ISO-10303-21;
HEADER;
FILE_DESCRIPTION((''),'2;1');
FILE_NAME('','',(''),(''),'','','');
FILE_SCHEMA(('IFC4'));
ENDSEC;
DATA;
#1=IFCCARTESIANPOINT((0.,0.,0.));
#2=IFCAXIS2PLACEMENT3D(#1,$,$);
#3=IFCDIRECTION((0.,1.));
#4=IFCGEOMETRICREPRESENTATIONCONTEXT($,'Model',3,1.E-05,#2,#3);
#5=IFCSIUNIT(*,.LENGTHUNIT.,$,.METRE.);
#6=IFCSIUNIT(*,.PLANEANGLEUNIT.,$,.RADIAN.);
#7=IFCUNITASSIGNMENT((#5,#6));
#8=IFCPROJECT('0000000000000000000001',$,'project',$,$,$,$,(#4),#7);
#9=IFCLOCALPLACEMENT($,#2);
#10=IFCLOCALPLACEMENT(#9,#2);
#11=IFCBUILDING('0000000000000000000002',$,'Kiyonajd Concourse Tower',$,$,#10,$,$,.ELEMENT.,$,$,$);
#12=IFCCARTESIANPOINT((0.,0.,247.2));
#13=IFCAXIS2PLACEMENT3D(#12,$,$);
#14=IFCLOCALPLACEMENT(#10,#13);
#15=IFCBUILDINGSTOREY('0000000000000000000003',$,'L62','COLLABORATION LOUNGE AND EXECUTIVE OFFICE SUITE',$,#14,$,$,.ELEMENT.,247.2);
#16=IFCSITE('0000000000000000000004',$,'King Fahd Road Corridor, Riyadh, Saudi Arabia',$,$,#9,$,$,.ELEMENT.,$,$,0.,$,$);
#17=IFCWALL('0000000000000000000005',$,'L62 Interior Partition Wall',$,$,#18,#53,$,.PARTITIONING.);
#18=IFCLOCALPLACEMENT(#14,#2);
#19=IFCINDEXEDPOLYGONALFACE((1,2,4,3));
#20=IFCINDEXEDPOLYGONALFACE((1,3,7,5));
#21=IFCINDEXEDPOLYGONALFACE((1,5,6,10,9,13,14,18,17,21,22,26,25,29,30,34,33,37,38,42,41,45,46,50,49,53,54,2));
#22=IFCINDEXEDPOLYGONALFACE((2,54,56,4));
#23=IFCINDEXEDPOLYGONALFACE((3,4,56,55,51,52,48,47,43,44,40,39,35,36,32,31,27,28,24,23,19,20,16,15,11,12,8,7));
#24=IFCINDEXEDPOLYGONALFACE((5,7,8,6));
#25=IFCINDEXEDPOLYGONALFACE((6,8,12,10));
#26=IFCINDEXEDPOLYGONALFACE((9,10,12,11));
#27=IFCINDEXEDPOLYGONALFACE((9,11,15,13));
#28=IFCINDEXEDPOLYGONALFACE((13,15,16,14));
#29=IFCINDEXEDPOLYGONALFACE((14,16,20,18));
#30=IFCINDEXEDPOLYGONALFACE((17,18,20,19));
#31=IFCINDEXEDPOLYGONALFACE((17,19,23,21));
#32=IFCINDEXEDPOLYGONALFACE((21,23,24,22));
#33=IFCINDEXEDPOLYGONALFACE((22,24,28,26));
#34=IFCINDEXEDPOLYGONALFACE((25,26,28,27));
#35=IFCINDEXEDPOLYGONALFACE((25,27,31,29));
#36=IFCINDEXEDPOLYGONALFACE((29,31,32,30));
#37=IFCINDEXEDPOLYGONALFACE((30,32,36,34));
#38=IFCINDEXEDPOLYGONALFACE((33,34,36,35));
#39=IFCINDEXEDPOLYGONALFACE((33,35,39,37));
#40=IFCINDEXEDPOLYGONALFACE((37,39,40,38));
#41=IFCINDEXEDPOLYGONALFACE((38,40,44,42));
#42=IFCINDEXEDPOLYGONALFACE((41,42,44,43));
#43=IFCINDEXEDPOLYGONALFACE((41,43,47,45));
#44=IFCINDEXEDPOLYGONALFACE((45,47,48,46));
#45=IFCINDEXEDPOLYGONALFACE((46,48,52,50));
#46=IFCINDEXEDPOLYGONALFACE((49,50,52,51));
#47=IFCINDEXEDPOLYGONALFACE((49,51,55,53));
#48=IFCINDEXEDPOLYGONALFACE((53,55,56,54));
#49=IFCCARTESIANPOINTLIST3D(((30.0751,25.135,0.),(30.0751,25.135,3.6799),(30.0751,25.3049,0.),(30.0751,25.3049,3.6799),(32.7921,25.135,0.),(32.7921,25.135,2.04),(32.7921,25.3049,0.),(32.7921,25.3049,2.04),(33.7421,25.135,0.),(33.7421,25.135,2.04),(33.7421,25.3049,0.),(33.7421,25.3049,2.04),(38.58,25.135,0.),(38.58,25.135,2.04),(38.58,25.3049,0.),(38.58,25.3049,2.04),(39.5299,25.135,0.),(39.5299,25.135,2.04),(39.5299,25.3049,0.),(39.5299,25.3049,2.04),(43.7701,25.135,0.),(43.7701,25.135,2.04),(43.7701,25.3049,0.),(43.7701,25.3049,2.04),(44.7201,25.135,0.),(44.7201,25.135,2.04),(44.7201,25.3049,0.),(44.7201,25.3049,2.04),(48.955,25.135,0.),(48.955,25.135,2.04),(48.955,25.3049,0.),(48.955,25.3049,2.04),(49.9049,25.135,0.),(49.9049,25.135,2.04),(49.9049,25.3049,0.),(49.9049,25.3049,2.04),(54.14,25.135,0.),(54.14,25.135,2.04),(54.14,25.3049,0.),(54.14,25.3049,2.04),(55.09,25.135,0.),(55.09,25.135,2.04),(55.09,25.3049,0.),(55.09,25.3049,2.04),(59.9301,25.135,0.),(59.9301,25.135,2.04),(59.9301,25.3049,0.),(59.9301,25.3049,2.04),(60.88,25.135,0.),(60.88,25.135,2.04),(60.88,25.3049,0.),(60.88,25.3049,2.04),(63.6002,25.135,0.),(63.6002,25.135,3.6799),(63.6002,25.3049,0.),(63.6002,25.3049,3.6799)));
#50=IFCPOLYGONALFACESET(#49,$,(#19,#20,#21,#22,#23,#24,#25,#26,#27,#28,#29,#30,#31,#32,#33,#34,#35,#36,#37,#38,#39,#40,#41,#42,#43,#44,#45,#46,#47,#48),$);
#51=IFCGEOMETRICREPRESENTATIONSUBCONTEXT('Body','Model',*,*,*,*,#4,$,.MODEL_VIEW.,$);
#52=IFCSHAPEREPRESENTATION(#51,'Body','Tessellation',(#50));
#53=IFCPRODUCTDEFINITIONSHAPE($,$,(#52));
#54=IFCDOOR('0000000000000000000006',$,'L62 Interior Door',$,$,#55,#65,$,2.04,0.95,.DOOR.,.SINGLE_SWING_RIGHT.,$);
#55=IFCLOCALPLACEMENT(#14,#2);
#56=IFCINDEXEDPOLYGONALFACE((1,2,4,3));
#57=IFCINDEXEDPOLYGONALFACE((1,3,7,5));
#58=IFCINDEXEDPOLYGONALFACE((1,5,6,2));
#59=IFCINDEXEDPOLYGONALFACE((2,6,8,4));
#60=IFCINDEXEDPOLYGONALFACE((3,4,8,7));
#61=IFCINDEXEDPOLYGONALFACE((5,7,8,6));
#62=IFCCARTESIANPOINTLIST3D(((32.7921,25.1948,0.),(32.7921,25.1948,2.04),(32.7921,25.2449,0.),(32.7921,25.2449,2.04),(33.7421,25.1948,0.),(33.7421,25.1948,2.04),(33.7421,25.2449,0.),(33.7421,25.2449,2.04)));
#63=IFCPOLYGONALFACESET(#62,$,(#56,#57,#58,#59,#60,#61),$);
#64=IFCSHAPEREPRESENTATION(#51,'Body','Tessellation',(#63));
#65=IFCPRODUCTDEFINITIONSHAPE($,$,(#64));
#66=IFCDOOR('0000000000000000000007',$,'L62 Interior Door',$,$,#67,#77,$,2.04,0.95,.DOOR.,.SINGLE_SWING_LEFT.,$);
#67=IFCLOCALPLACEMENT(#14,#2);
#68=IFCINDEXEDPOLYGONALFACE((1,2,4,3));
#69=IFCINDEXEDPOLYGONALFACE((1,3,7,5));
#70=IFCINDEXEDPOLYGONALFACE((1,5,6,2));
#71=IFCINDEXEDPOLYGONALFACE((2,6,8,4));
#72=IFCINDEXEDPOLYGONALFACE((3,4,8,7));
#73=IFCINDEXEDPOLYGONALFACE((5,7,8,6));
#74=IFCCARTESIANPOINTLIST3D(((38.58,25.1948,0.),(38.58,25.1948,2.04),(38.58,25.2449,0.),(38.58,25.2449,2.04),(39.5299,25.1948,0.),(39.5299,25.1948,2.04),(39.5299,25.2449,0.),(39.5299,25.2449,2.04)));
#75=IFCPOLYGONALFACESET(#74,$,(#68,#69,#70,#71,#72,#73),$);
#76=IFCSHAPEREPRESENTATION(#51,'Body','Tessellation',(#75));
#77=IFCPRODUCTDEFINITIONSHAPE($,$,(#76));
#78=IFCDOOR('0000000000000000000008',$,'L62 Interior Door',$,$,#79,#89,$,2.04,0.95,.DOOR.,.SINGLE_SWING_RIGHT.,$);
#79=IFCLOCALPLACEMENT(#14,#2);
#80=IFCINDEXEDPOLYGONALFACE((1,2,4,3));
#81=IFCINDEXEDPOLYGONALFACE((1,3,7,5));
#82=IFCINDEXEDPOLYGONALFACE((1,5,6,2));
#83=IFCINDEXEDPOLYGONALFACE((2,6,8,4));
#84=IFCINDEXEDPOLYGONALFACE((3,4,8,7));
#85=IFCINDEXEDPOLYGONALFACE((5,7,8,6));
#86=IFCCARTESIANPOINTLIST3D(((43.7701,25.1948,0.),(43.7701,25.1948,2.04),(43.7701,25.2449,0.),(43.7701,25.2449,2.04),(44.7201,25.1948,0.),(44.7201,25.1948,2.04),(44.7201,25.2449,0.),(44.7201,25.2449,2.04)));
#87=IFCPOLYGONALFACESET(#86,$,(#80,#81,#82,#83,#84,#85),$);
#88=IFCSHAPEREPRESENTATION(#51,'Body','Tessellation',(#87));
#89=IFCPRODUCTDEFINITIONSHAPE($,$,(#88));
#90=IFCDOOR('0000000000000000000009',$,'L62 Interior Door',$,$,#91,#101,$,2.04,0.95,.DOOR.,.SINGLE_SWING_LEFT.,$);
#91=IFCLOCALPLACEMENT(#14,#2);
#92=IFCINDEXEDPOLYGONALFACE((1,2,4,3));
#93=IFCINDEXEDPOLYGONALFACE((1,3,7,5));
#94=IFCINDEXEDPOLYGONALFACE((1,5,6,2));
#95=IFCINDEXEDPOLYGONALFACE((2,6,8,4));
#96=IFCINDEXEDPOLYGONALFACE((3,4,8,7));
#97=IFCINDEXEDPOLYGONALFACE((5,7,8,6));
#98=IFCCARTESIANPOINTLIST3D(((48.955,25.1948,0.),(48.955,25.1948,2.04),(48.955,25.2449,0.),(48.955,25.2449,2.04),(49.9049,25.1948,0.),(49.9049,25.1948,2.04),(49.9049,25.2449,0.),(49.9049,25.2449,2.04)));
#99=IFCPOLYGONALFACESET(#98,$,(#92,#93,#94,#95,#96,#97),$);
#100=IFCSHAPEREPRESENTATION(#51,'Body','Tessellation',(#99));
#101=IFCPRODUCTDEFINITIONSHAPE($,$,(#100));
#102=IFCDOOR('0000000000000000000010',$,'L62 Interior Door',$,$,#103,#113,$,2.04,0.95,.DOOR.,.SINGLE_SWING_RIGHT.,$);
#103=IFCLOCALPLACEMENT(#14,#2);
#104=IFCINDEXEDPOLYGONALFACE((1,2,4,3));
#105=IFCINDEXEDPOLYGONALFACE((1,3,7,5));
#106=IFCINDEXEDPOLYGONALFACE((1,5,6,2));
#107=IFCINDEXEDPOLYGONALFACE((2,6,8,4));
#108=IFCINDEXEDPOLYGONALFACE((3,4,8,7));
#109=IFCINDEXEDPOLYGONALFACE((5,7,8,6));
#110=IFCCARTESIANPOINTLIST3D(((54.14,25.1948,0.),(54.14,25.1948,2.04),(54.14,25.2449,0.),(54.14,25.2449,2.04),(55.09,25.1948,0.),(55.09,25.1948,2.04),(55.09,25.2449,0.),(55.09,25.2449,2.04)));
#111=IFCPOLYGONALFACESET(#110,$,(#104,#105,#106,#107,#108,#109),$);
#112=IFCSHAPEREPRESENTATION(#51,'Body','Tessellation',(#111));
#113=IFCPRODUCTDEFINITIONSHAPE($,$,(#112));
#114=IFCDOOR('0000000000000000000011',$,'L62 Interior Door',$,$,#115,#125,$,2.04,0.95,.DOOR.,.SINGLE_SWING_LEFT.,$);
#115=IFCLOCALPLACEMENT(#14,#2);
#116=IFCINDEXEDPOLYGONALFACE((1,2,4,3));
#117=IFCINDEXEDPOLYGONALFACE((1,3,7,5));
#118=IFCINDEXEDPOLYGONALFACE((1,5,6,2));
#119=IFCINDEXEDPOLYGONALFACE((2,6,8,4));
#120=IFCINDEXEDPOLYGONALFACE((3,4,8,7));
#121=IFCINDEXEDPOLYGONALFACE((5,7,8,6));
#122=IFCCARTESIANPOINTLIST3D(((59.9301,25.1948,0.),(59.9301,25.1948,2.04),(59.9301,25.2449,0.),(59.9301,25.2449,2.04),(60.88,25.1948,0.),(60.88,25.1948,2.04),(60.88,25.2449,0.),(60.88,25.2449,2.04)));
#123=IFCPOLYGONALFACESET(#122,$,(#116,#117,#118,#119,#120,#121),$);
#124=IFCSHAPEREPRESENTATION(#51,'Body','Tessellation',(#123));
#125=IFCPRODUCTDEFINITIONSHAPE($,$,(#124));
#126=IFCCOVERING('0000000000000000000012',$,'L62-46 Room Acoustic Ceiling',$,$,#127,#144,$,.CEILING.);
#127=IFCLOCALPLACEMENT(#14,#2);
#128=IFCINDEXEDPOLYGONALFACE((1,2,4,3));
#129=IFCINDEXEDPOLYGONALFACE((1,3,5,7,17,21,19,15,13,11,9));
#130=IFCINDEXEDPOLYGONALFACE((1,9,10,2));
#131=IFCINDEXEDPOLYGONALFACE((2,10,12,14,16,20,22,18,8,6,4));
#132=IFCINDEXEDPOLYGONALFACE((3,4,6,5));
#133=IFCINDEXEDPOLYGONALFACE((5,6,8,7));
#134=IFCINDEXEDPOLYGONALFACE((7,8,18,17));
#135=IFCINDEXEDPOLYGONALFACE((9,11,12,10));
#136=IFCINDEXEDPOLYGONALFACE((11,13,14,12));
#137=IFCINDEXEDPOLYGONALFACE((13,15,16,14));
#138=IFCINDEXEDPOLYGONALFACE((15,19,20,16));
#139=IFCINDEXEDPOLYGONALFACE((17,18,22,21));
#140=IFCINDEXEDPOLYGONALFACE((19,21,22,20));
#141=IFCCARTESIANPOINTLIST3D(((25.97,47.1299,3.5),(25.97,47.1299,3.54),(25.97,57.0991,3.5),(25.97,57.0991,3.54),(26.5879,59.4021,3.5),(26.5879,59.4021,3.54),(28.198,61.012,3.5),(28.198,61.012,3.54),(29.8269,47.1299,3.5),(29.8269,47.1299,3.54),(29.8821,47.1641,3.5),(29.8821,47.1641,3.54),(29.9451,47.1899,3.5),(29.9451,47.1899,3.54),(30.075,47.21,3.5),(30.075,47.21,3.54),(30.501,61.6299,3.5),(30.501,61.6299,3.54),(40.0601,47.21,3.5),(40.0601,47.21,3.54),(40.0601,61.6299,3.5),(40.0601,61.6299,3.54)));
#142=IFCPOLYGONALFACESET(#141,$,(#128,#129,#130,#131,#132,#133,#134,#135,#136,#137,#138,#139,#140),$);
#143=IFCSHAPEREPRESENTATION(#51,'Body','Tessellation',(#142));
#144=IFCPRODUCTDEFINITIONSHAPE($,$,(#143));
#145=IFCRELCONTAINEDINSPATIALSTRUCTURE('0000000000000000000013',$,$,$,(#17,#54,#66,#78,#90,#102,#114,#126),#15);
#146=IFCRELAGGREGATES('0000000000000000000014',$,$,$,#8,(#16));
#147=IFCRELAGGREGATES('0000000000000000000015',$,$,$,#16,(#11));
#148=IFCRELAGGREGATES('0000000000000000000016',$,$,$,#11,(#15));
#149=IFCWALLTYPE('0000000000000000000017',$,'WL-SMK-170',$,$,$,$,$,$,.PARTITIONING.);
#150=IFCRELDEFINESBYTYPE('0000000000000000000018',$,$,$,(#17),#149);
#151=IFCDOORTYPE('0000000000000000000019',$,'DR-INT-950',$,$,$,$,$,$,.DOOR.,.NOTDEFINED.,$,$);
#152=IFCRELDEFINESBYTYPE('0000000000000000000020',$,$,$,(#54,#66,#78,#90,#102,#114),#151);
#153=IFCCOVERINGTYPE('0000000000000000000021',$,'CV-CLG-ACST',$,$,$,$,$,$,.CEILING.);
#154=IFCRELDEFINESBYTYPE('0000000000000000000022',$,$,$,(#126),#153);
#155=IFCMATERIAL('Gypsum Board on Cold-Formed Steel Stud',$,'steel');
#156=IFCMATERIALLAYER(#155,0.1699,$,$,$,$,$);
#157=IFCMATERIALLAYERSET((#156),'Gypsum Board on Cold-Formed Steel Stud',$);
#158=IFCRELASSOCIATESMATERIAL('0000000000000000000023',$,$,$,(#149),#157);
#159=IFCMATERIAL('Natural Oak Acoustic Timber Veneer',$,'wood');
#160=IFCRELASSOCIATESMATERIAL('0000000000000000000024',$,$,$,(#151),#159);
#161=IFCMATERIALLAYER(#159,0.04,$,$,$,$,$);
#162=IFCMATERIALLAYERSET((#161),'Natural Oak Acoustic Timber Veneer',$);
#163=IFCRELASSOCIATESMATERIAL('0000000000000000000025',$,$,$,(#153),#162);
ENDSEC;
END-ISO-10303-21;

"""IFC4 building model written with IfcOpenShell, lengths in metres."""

from ifc_helpers import new_model, si_unit, direction, frame, frame_2d, origin, place, context, subcontext, project, spatial, polyline, rectangle, outline, extrude, material, layer, layer_set, type_object, element, fill, save


model = new_model("IFC4")

# Units and contexts
model_context = context("Model", 3, precision=1e-05, world=origin(), true_north=direction((0.0, 1.0)))
body_context = subcontext(model_context, "Body", "Model", "MODEL_VIEW")
ifc_project = project(units=[si_unit("LENGTHUNIT", "METRE"), si_unit("PLANEANGLEUNIT", "RADIAN")], contexts=[model_context])

# Site, building, storey
site_placement = place(None, origin())
site = spatial("IfcSite", under=ifc_project, at=site_placement, Name="King Fahd Road Corridor, Riyadh, Saudi Arabia", CompositionType="ELEMENT", RefElevation=0.0)
building_placement = place(site_placement, origin())
building = spatial("IfcBuilding", under=site, at=building_placement, Name="Kiyonajd Concourse Tower", CompositionType="ELEMENT")
storey_placement = place(building_placement, frame((0.0, 0.0, 247.2)))
storey = spatial("IfcBuildingStorey", under=building, at=storey_placement, Name="L62", Description="COLLABORATION LOUNGE AND EXECUTIVE OFFICE SUITE", CompositionType="ELEMENT", Elevation=247.2)

# Wall, openings, doors
ifc_material_1 = material(Name="Gypsum Board on Cold-Formed Steel Stud", Category="steel")
ifc_layer_1 = layer(ifc_material_1, 0.1699)
ifc_layer_set_1 = layer_set([ifc_layer_1], Name="Gypsum Board on Cold-Formed Steel Stud")
wall_type_1 = type_object("IfcWallType", Name="WL-SMK-170", PredefinedType="PARTITIONING", material=ifc_layer_set_1)
wall_1_placement = place(storey_placement, frame((30.075, 25.22, 0.0), z_axis=(0.0, 0.0, 1.0), x_axis=(1.0, 0.0, 0.0)))
wall_1 = element("IfcWall", 1, at=wall_1_placement, inside=storey, type_object=wall_type_1, Name="L62 Interior Partition Wall", PredefinedType="PARTITIONING", context=body_context, shape_type="SweptSolid", body=[
    extrude(rectangle(XDim=33.5251, YDim=0.1699, at=frame_2d((16.7627, 0.0))), origin(), (0.0, 0.0, 1.0), 3.6799),
])
opening_1_placement = place(wall_1_placement, frame((2.717, 0.0, 0.0)))
opening_1 = element("IfcOpeningElement", 2, at=opening_1_placement, cuts=wall_1, PredefinedType="OPENING", context=body_context, shape_type="SweptSolid", body=[
    extrude(rectangle(XDim=0.95, YDim=2.04, at=frame_2d((0.4751, 1.02))), frame((0.0, 0.095, 0.0), z_axis=(0.0, -1.0, 0.0), x_axis=(1.0, 0.0, 0.0)), (0.0, 0.0, 1.0), 0.1899),
])
opening_2_placement = place(wall_1_placement, frame((8.5049, 0.0, 0.0)))
opening_2 = element("IfcOpeningElement", 3, at=opening_2_placement, cuts=wall_1, PredefinedType="OPENING", context=body_context, shape_type="SweptSolid", body=[
    extrude(rectangle(XDim=0.95, YDim=2.04, at=frame_2d((0.4751, 1.02))), frame((0.0, 0.095, 0.0), z_axis=(0.0, -1.0, 0.0), x_axis=(1.0, 0.0, 0.0)), (0.0, 0.0, 1.0), 0.1899),
])
opening_3_placement = place(wall_1_placement, frame((13.6951, 0.0, 0.0)))
opening_3 = element("IfcOpeningElement", 4, at=opening_3_placement, cuts=wall_1, PredefinedType="OPENING", context=body_context, shape_type="SweptSolid", body=[
    extrude(rectangle(XDim=0.95, YDim=2.04, at=frame_2d((0.4751, 1.02))), frame((0.0, 0.095, 0.0), z_axis=(0.0, -1.0, 0.0), x_axis=(1.0, 0.0, 0.0)), (0.0, 0.0, 1.0), 0.1899),
])
opening_4_placement = place(wall_1_placement, frame((18.8799, 0.0, 0.0)))
opening_4 = element("IfcOpeningElement", 5, at=opening_4_placement, cuts=wall_1, PredefinedType="OPENING", context=body_context, shape_type="SweptSolid", body=[
    extrude(rectangle(XDim=0.95, YDim=2.04, at=frame_2d((0.4751, 1.02))), frame((0.0, 0.095, 0.0), z_axis=(0.0, -1.0, 0.0), x_axis=(1.0, 0.0, 0.0)), (0.0, 0.0, 1.0), 0.1899),
])
opening_5_placement = place(wall_1_placement, frame((24.0649, 0.0, 0.0)))
opening_5 = element("IfcOpeningElement", 6, at=opening_5_placement, cuts=wall_1, PredefinedType="OPENING", context=body_context, shape_type="SweptSolid", body=[
    extrude(rectangle(XDim=0.95, YDim=2.04, at=frame_2d((0.4751, 1.02))), frame((0.0, 0.095, 0.0), z_axis=(0.0, -1.0, 0.0), x_axis=(1.0, 0.0, 0.0)), (0.0, 0.0, 1.0), 0.1899),
])
opening_6_placement = place(wall_1_placement, frame((29.855, 0.0, 0.0)))
opening_6 = element("IfcOpeningElement", 7, at=opening_6_placement, cuts=wall_1, PredefinedType="OPENING", context=body_context, shape_type="SweptSolid", body=[
    extrude(rectangle(XDim=0.95, YDim=2.04, at=frame_2d((0.4751, 1.02))), frame((0.0, 0.095, 0.0), z_axis=(0.0, -1.0, 0.0), x_axis=(1.0, 0.0, 0.0)), (0.0, 0.0, 1.0), 0.1899),
])
ifc_material_2 = material(Name="Natural Oak Acoustic Timber Veneer", Category="wood")
door_type = type_object("IfcDoorType", Name="DR-INT-950", OperationType="NOTDEFINED", PredefinedType="DOOR", material=ifc_material_2)
door_1_placement = place(opening_1_placement, origin())
door_1 = element("IfcDoor", 8, at=door_1_placement, inside=storey, type_object=door_type, Name="L62 Interior Door", OperationType="SINGLE_SWING_RIGHT", OverallHeight=2.04, OverallWidth=0.95, PredefinedType="DOOR", context=body_context, shape_type="SweptSolid", body=[
    extrude(rectangle(XDim=0.95, YDim=2.04, at=frame_2d((0.4751, 1.02))), frame((0.0, 0.0249, 0.0), z_axis=(0.0, -1.0, 0.0), x_axis=(1.0, 0.0, 0.0)), (0.0, 0.0, 1.0), 0.05),
])
fill(opening_1, door_1)
door_2_placement = place(opening_2_placement, origin())
door_2 = element("IfcDoor", 9, at=door_2_placement, inside=storey, type_object=door_type, Name="L62 Interior Door", OperationType="SINGLE_SWING_LEFT", OverallHeight=2.04, OverallWidth=0.95, PredefinedType="DOOR", context=body_context, shape_type="SweptSolid", body=[
    extrude(rectangle(XDim=0.95, YDim=2.04, at=frame_2d((0.4751, 1.02))), frame((0.0, 0.0249, 0.0), z_axis=(0.0, -1.0, 0.0), x_axis=(1.0, 0.0, 0.0)), (0.0, 0.0, 1.0), 0.05),
])
fill(opening_2, door_2)
door_3_placement = place(opening_3_placement, origin())
door_3 = element("IfcDoor", 10, at=door_3_placement, inside=storey, type_object=door_type, Name="L62 Interior Door", OperationType="SINGLE_SWING_RIGHT", OverallHeight=2.04, OverallWidth=0.95, PredefinedType="DOOR", context=body_context, shape_type="SweptSolid", body=[
    extrude(rectangle(XDim=0.95, YDim=2.04, at=frame_2d((0.4751, 1.02))), frame((0.0, 0.0249, 0.0), z_axis=(0.0, -1.0, 0.0), x_axis=(1.0, 0.0, 0.0)), (0.0, 0.0, 1.0), 0.05),
])
fill(opening_3, door_3)
door_4_placement = place(opening_4_placement, origin())
door_4 = element("IfcDoor", 11, at=door_4_placement, inside=storey, type_object=door_type, Name="L62 Interior Door", OperationType="SINGLE_SWING_LEFT", OverallHeight=2.04, OverallWidth=0.95, PredefinedType="DOOR", context=body_context, shape_type="SweptSolid", body=[
    extrude(rectangle(XDim=0.95, YDim=2.04, at=frame_2d((0.4751, 1.02))), frame((0.0, 0.0249, 0.0), z_axis=(0.0, -1.0, 0.0), x_axis=(1.0, 0.0, 0.0)), (0.0, 0.0, 1.0), 0.05),
])
fill(opening_4, door_4)
door_5_placement = place(opening_5_placement, origin())
door_5 = element("IfcDoor", 12, at=door_5_placement, inside=storey, type_object=door_type, Name="L62 Interior Door", OperationType="SINGLE_SWING_RIGHT", OverallHeight=2.04, OverallWidth=0.95, PredefinedType="DOOR", context=body_context, shape_type="SweptSolid", body=[
    extrude(rectangle(XDim=0.95, YDim=2.04, at=frame_2d((0.4751, 1.02))), frame((0.0, 0.0249, 0.0), z_axis=(0.0, -1.0, 0.0), x_axis=(1.0, 0.0, 0.0)), (0.0, 0.0, 1.0), 0.05),
])
fill(opening_5, door_5)
door_6_placement = place(opening_6_placement, origin())
door_6 = element("IfcDoor", 13, at=door_6_placement, inside=storey, type_object=door_type, Name="L62 Interior Door", OperationType="SINGLE_SWING_LEFT", OverallHeight=2.04, OverallWidth=0.95, PredefinedType="DOOR", context=body_context, shape_type="SweptSolid", body=[
    extrude(rectangle(XDim=0.95, YDim=2.04, at=frame_2d((0.4751, 1.02))), frame((0.0, 0.0249, 0.0), z_axis=(0.0, -1.0, 0.0), x_axis=(1.0, 0.0, 0.0)), (0.0, 0.0, 1.0), 0.05),
])
fill(opening_6, door_6)

# Covering
ifc_layer_2 = layer(ifc_material_2, 0.04)
ifc_layer_set_2 = layer_set([ifc_layer_2], Name="Natural Oak Acoustic Timber Veneer")
covering_type = type_object("IfcCoveringType", Name="CV-CLG-ACST", PredefinedType="CEILING", material=ifc_layer_set_2)
covering_1_placement = place(storey_placement, frame((0.0, 0.0, 3.5)))
element("IfcCovering", 14, at=covering_1_placement, inside=storey, type_object=covering_type, Name="L62-46 Room Acoustic Ceiling", PredefinedType="CEILING", context=body_context, shape_type="SweptSolid", body=[
    extrude(outline(polyline([(28.198, 61.012), (30.501, 61.6299), (40.0601, 61.6299), (40.0601, 47.21), (30.075, 47.21), (29.9451, 47.1899), (29.8821, 47.1641), (29.8269, 47.1299), (25.97, 47.1299), (25.97, 57.0991), (26.5879, 59.4021), (28.198, 61.012)])), origin(), (0.0, 0.0, 1.0), 0.04),
])

save(model, "model.ifc")
